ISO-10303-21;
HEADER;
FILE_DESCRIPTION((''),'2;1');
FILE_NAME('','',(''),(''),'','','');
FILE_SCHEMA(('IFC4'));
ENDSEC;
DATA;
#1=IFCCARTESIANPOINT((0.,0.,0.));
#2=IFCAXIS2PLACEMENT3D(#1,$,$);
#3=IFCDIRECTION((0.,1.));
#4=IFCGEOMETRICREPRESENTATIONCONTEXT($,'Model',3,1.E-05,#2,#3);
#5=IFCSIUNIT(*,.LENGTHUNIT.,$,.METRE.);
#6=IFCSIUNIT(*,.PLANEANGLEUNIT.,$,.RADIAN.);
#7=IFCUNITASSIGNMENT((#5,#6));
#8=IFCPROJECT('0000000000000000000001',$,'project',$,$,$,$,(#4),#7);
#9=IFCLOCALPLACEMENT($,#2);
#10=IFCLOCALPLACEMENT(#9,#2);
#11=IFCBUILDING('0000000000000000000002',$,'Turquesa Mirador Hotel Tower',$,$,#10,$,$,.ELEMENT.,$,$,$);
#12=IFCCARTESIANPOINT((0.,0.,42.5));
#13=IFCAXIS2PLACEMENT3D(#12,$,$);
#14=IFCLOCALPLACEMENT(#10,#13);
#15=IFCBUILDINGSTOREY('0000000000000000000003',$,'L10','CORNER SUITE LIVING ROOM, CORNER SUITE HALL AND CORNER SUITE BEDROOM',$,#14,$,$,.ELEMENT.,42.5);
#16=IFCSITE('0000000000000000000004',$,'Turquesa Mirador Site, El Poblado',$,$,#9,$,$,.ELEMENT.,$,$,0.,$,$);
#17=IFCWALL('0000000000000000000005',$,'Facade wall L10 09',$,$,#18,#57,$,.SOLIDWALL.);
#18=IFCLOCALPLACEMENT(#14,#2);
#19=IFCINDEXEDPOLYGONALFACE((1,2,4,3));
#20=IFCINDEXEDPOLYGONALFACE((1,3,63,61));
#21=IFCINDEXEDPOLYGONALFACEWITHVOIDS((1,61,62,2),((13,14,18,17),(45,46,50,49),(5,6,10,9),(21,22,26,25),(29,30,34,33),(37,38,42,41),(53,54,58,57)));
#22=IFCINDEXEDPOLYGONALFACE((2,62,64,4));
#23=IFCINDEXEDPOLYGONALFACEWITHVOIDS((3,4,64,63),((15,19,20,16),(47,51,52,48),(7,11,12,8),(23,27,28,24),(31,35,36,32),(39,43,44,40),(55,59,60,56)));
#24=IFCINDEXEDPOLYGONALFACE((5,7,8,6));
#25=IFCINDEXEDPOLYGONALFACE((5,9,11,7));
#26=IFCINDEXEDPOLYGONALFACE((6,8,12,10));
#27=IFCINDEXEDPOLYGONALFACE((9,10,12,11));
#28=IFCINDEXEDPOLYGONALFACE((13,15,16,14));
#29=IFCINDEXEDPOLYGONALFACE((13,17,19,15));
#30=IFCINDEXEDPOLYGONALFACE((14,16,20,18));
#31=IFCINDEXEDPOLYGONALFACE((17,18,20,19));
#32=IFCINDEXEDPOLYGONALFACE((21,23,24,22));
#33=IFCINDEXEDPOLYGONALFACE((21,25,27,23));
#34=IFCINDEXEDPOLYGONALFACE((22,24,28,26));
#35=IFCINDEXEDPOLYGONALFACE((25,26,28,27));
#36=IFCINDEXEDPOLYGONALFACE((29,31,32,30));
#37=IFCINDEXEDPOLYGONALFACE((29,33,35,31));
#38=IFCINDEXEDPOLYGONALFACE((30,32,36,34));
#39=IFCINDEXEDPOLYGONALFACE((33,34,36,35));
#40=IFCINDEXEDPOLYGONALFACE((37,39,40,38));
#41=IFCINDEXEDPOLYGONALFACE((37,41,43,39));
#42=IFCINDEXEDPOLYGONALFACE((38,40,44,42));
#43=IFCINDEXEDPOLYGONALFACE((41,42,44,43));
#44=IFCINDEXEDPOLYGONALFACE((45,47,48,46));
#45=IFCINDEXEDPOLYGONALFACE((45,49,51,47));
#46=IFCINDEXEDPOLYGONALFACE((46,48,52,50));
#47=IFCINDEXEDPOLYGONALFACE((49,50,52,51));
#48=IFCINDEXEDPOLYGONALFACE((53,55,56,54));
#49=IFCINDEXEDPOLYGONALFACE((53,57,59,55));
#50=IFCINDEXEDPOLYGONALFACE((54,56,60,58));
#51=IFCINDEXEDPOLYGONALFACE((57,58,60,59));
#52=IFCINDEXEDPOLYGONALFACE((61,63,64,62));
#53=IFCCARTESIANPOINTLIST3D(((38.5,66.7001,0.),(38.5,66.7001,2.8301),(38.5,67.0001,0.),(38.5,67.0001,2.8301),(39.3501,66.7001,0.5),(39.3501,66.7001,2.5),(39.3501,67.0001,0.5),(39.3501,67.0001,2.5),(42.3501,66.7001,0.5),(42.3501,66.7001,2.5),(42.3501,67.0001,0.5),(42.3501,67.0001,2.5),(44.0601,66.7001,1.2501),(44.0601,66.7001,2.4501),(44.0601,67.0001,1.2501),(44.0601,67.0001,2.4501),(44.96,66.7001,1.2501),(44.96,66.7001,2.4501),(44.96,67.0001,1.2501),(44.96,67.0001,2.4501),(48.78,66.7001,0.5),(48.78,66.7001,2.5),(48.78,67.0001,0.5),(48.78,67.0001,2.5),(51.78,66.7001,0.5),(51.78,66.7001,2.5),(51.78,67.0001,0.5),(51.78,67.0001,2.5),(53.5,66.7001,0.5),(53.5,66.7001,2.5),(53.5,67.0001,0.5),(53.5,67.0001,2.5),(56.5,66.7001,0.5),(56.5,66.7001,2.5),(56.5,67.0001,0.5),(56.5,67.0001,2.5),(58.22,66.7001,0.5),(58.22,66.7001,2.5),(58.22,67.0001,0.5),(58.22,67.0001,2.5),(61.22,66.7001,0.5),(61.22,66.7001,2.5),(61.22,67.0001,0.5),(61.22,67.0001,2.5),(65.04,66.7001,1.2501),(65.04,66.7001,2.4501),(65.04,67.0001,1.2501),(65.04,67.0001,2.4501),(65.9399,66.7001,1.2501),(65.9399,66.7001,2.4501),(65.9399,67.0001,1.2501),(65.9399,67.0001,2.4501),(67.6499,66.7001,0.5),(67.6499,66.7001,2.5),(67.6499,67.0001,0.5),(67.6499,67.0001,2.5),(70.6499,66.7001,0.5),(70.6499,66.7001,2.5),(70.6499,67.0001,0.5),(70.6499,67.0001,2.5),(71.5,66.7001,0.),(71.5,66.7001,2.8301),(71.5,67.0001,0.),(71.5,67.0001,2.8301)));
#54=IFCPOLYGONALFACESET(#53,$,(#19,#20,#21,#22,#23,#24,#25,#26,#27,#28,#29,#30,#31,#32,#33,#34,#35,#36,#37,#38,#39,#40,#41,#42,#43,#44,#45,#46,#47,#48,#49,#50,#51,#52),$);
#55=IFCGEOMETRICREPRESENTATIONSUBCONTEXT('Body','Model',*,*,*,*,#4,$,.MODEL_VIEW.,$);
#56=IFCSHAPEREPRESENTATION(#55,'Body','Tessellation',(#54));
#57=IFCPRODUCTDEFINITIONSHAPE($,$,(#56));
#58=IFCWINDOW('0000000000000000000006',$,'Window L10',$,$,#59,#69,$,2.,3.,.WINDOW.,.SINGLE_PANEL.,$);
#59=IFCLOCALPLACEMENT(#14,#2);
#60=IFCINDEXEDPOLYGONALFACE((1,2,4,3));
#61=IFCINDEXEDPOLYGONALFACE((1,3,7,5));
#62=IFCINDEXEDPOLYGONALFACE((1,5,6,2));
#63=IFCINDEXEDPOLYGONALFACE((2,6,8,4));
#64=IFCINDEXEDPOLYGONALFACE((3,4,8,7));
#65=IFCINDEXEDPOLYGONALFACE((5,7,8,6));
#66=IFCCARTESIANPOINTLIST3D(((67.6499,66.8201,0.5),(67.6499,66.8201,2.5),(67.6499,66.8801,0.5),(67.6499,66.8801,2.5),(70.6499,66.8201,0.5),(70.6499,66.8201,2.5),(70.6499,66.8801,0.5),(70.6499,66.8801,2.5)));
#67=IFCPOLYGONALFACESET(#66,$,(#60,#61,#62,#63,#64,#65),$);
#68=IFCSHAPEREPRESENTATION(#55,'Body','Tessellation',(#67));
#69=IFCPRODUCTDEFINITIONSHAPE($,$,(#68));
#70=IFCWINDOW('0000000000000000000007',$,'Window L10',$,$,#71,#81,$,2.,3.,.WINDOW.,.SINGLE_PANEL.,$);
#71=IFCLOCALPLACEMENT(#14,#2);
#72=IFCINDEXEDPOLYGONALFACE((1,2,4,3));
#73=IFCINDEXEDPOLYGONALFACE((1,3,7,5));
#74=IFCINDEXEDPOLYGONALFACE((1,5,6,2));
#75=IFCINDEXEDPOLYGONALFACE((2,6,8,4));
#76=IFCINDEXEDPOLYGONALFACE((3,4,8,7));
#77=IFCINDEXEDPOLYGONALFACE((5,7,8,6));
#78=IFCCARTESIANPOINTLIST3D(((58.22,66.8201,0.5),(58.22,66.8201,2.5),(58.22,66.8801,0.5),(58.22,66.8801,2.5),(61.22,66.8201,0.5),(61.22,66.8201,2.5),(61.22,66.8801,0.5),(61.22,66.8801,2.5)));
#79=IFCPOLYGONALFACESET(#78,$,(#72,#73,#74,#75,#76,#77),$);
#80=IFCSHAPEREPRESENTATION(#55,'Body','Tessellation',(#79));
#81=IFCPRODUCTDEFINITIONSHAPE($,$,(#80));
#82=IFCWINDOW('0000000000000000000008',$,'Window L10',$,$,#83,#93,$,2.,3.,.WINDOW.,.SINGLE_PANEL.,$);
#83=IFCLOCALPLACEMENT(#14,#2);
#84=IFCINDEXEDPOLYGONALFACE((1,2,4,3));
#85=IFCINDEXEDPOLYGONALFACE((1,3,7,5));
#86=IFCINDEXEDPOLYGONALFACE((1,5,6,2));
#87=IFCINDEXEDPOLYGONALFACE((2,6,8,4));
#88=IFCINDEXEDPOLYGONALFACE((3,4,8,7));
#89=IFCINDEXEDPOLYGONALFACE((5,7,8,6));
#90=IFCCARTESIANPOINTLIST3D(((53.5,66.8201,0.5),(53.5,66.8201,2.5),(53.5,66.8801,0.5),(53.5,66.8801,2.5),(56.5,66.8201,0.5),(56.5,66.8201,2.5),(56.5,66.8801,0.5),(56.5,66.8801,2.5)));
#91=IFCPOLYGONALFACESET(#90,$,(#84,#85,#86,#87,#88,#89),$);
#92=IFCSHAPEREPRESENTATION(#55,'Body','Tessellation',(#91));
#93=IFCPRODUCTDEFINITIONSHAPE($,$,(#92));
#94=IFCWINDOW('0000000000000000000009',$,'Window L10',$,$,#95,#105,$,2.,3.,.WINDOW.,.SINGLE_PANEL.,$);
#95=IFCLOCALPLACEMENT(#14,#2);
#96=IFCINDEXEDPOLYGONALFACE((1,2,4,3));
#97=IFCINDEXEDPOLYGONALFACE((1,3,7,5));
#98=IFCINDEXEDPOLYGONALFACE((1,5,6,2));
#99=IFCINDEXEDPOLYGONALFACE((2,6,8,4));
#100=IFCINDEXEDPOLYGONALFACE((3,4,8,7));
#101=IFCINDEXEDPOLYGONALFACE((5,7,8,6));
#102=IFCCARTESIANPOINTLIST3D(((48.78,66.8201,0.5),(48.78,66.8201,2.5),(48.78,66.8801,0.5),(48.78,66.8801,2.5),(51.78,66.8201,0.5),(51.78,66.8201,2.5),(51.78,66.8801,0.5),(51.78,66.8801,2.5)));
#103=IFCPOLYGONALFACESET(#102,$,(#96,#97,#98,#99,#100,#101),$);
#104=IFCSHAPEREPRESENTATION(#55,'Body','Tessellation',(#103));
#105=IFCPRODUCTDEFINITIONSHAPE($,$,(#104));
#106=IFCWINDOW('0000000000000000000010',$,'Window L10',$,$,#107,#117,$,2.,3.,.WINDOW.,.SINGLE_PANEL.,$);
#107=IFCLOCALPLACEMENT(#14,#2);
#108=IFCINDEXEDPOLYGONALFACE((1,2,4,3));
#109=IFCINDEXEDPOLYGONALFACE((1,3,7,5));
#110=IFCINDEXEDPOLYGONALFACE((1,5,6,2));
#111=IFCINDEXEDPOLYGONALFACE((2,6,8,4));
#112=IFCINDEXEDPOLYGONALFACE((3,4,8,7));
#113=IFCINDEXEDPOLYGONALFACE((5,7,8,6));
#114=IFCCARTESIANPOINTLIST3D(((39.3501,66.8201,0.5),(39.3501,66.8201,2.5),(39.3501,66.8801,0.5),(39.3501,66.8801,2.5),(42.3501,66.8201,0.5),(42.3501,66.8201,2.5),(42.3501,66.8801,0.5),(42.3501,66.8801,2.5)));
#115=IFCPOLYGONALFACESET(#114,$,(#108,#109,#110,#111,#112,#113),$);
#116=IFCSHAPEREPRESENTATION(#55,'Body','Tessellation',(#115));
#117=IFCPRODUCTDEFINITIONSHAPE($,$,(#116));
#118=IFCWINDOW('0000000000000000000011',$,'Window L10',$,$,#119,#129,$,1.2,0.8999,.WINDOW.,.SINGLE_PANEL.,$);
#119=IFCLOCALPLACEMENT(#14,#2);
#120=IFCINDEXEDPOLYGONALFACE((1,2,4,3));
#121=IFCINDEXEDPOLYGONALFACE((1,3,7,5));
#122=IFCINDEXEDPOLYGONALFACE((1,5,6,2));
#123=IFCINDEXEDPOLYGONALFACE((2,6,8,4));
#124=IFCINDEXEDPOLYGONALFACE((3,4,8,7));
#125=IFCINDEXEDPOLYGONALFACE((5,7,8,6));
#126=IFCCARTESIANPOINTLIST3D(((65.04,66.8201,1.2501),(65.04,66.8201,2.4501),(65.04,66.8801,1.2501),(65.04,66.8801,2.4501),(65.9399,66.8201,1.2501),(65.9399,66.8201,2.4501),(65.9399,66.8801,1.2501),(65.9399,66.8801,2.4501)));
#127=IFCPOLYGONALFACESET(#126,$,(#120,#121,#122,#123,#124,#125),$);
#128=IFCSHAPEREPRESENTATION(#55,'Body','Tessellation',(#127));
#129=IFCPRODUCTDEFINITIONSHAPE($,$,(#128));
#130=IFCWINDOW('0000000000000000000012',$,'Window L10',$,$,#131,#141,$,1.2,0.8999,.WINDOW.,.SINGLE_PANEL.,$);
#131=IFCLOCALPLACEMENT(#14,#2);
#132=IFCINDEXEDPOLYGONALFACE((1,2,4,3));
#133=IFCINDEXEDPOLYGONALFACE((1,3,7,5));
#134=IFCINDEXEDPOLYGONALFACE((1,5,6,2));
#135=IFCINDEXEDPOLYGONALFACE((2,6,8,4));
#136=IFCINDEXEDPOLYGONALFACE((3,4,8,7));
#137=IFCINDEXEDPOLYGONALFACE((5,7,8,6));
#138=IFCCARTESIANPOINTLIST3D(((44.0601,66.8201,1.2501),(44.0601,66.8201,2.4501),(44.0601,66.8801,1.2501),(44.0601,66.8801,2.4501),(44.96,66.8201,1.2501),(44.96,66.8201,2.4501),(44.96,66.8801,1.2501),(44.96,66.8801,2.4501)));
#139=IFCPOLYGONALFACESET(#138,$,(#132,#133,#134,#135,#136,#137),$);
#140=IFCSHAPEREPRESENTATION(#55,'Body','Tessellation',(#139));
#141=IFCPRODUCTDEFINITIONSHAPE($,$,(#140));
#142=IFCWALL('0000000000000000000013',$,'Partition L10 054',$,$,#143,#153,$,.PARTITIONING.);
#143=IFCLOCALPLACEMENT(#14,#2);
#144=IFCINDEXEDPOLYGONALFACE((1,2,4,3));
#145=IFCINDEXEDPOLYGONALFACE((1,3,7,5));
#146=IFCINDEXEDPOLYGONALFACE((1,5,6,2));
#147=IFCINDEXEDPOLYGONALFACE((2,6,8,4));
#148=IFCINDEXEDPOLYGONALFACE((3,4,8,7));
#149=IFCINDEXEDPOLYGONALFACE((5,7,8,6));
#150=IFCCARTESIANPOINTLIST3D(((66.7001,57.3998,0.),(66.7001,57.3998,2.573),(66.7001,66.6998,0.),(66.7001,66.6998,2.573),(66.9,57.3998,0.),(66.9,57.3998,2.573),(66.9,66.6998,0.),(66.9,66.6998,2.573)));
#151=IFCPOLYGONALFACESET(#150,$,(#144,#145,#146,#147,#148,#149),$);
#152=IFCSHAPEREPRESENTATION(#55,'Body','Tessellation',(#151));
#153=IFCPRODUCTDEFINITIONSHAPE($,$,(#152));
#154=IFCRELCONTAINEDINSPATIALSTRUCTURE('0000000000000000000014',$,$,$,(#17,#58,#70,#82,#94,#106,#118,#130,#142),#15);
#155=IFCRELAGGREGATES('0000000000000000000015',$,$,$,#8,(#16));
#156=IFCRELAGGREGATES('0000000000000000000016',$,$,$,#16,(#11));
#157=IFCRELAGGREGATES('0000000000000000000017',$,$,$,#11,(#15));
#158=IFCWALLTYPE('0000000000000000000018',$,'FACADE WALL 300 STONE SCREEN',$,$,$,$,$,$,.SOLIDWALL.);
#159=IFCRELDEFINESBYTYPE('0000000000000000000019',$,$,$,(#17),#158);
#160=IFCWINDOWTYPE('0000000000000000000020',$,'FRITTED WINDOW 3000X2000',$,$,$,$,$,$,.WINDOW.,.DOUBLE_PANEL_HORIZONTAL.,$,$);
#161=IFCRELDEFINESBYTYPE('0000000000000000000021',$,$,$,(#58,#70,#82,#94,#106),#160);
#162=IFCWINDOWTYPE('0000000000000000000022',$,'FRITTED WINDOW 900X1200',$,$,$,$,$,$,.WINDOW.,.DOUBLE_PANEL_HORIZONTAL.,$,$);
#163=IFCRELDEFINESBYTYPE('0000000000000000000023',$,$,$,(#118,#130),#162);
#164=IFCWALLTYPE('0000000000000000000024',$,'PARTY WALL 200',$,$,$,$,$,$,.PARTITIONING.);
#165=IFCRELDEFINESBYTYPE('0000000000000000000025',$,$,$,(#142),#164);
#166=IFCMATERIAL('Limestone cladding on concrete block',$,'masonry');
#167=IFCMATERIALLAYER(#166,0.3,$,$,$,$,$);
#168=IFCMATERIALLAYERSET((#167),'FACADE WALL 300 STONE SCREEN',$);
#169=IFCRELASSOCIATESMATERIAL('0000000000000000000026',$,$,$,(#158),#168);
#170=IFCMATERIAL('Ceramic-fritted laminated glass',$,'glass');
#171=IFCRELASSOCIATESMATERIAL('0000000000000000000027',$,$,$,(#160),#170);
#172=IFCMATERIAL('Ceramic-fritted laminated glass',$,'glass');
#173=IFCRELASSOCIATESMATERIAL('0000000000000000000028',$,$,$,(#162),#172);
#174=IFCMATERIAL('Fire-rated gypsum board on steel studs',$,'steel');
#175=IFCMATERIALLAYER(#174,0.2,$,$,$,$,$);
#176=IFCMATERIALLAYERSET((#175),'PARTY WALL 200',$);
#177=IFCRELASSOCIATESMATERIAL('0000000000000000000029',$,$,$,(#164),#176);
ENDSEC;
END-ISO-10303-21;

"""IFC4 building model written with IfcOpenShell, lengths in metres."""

from ifc_helpers import new_model, si_unit, direction, frame, frame_2d, origin, place, context, subcontext, project, spatial, rectangle, extrude, material, layer, layer_set, type_object, element, fill, save


model = new_model("IFC4")

# Units and contexts
model_context = context("Model", 3, precision=1e-05, world=origin(), true_north=direction((0.0, 1.0)))
body_context = subcontext(model_context, "Body", "Model", "MODEL_VIEW")
ifc_project = project(units=[si_unit("LENGTHUNIT", "METRE"), si_unit("PLANEANGLEUNIT", "RADIAN")], contexts=[model_context])

# Site, building, storey
site_placement = place(None, origin())
site = spatial("IfcSite", under=ifc_project, at=site_placement, Name="Turquesa Mirador Site, El Poblado", CompositionType="ELEMENT", RefElevation=0.0)
building_placement = place(site_placement, origin())
building = spatial("IfcBuilding", under=site, at=building_placement, Name="Turquesa Mirador Hotel Tower", CompositionType="ELEMENT")
storey_placement = place(building_placement, frame((0.0, 0.0, 42.5)))
storey = spatial("IfcBuildingStorey", under=building, at=storey_placement, Name="L10", Description="CORNER SUITE LIVING ROOM, CORNER SUITE HALL AND CORNER SUITE BEDROOM", CompositionType="ELEMENT", Elevation=42.5)

# Wall, openings, windows
ifc_material_1 = material(Name="Limestone cladding on concrete block", Category="masonry")
ifc_layer_1 = layer(ifc_material_1, 0.3)
ifc_layer_set_1 = layer_set([ifc_layer_1], Name="FACADE WALL 300 STONE SCREEN")
wall_type_1 = type_object("IfcWallType", Name="FACADE WALL 300 STONE SCREEN", PredefinedType="SOLIDWALL", material=ifc_layer_set_1)
wall_1_placement = place(storey_placement, frame((71.5, 66.8501, 0.0), z_axis=(0.0, 0.0, 1.0), x_axis=(-1.0, 0.0, 0.0)))
wall_1 = element("IfcWall", 1, at=wall_1_placement, inside=storey, type_object=wall_type_1, Name="Facade wall L10 09", PredefinedType="SOLIDWALL", context=body_context, shape_type="SweptSolid", body=[
    extrude(rectangle(XDim=33.0, YDim=0.3, at=frame_2d((16.5, 0.0))), origin(), (0.0, 0.0, 1.0), 2.8301),
])
opening_1_placement = place(wall_1_placement, frame((0.8501, 0.0, 0.5)))
opening_1 = element("IfcOpeningElement", 2, at=opening_1_placement, cuts=wall_1, PredefinedType="OPENING", context=body_context, shape_type="SweptSolid", body=[
    extrude(rectangle(XDim=3.0, YDim=2.0, at=frame_2d((1.5, 1.0))), frame((0.0, 0.1599, 0.0), z_axis=(0.0, -1.0, 0.0), x_axis=(1.0, 0.0, 0.0)), (0.0, 0.0, 1.0), 0.3201),
])
opening_2_placement = place(wall_1_placement, frame((5.5601, 0.0, 1.25)))
opening_2 = element("IfcOpeningElement", 3, at=opening_2_placement, cuts=wall_1, PredefinedType="OPENING", context=body_context, shape_type="SweptSolid", body=[
    extrude(rectangle(XDim=0.8999, YDim=1.2, at=frame_2d((0.45, 0.6001))), frame((0.0, 0.1599, 0.0), z_axis=(0.0, -1.0, 0.0), x_axis=(1.0, 0.0, 0.0)), (0.0, 0.0, 1.0), 0.3201),
])
opening_3_placement = place(wall_1_placement, frame((10.28, 0.0, 0.5)))
opening_3 = element("IfcOpeningElement", 4, at=opening_3_placement, cuts=wall_1, PredefinedType="OPENING", context=body_context, shape_type="SweptSolid", body=[
    extrude(rectangle(XDim=3.0, YDim=2.0, at=frame_2d((1.5, 1.0))), frame((0.0, 0.1599, 0.0), z_axis=(0.0, -1.0, 0.0), x_axis=(1.0, 0.0, 0.0)), (0.0, 0.0, 1.0), 0.3201),
])
opening_4_placement = place(wall_1_placement, frame((15.0, 0.0, 0.5)))
opening_4 = element("IfcOpeningElement", 5, at=opening_4_placement, cuts=wall_1, PredefinedType="OPENING", context=body_context, shape_type="SweptSolid", body=[
    extrude(rectangle(XDim=3.0, YDim=2.0, at=frame_2d((1.5, 1.0))), frame((0.0, 0.1599, 0.0), z_axis=(0.0, -1.0, 0.0), x_axis=(1.0, 0.0, 0.0)), (0.0, 0.0, 1.0), 0.3201),
])
opening_5_placement = place(wall_1_placement, frame((19.72, 0.0, 0.5)))
opening_5 = element("IfcOpeningElement", 6, at=opening_5_placement, cuts=wall_1, PredefinedType="OPENING", context=body_context, shape_type="SweptSolid", body=[
    extrude(rectangle(XDim=3.0, YDim=2.0, at=frame_2d((1.5, 1.0))), frame((0.0, 0.1599, 0.0), z_axis=(0.0, -1.0, 0.0), x_axis=(1.0, 0.0, 0.0)), (0.0, 0.0, 1.0), 0.3201),
])
opening_6_placement = place(wall_1_placement, frame((26.54, 0.0, 1.25)))
opening_6 = element("IfcOpeningElement", 7, at=opening_6_placement, cuts=wall_1, PredefinedType="OPENING", context=body_context, shape_type="SweptSolid", body=[
    extrude(rectangle(XDim=0.8999, YDim=1.2, at=frame_2d((0.45, 0.6001))), frame((0.0, 0.1599, 0.0), z_axis=(0.0, -1.0, 0.0), x_axis=(1.0, 0.0, 0.0)), (0.0, 0.0, 1.0), 0.3201),
])
opening_7_placement = place(wall_1_placement, frame((29.1499, 0.0, 0.5)))
opening_7 = element("IfcOpeningElement", 8, at=opening_7_placement, cuts=wall_1, PredefinedType="OPENING", context=body_context, shape_type="SweptSolid", body=[
    extrude(rectangle(XDim=3.0, YDim=2.0, at=frame_2d((1.5, 1.0))), frame((0.0, 0.1599, 0.0), z_axis=(0.0, -1.0, 0.0), x_axis=(1.0, 0.0, 0.0)), (0.0, 0.0, 1.0), 0.3201),
])
ifc_material_2 = material(Name="Ceramic-fritted laminated glass", Category="glass")
window_type_1 = type_object("IfcWindowType", Name="FRITTED WINDOW 3000X2000", PartitioningType="DOUBLE_PANEL_HORIZONTAL", PredefinedType="WINDOW", material=ifc_material_2)
window_1_placement = place(opening_1_placement, origin())
window_1 = element("IfcWindow", 9, at=window_1_placement, inside=storey, type_object=window_type_1, Name="Window L10", OverallHeight=2.0, OverallWidth=3.0, PartitioningType="SINGLE_PANEL", PredefinedType="WINDOW", context=body_context, shape_type="SweptSolid", body=[
    extrude(rectangle(XDim=3.0, YDim=2.0, at=frame_2d((1.5, 1.0))), frame((0.0, 0.03, 0.0), z_axis=(0.0, -1.0, 0.0), x_axis=(1.0, 0.0, 0.0)), (0.0, 0.0, 1.0), 0.0601),
])
fill(opening_1, window_1)
window_2_placement = place(opening_3_placement, origin())
window_2 = element("IfcWindow", 10, at=window_2_placement, inside=storey, type_object=window_type_1, Name="Window L10", OverallHeight=2.0, OverallWidth=3.0, PartitioningType="SINGLE_PANEL", PredefinedType="WINDOW", context=body_context, shape_type="SweptSolid", body=[
    extrude(rectangle(XDim=3.0, YDim=2.0, at=frame_2d((1.5, 1.0))), frame((0.0, 0.03, 0.0), z_axis=(0.0, -1.0, 0.0), x_axis=(1.0, 0.0, 0.0)), (0.0, 0.0, 1.0), 0.0601),
])
fill(opening_3, window_2)
window_3_placement = place(opening_4_placement, origin())
window_3 = element("IfcWindow", 11, at=window_3_placement, inside=storey, type_object=window_type_1, Name="Window L10", OverallHeight=2.0, OverallWidth=3.0, PartitioningType="SINGLE_PANEL", PredefinedType="WINDOW", context=body_context, shape_type="SweptSolid", body=[
    extrude(rectangle(XDim=3.0, YDim=2.0, at=frame_2d((1.5, 1.0))), frame((0.0, 0.03, 0.0), z_axis=(0.0, -1.0, 0.0), x_axis=(1.0, 0.0, 0.0)), (0.0, 0.0, 1.0), 0.0601),
])
fill(opening_4, window_3)
window_4_placement = place(opening_5_placement, origin())
window_4 = element("IfcWindow", 12, at=window_4_placement, inside=storey, type_object=window_type_1, Name="Window L10", OverallHeight=2.0, OverallWidth=3.0, PartitioningType="SINGLE_PANEL", PredefinedType="WINDOW", context=body_context, shape_type="SweptSolid", body=[
    extrude(rectangle(XDim=3.0, YDim=2.0, at=frame_2d((1.5, 1.0))), frame((0.0, 0.03, 0.0), z_axis=(0.0, -1.0, 0.0), x_axis=(1.0, 0.0, 0.0)), (0.0, 0.0, 1.0), 0.0601),
])
fill(opening_5, window_4)
window_5_placement = place(opening_7_placement, origin())
window_5 = element("IfcWindow", 13, at=window_5_placement, inside=storey, type_object=window_type_1, Name="Window L10", OverallHeight=2.0, OverallWidth=3.0, PartitioningType="SINGLE_PANEL", PredefinedType="WINDOW", context=body_context, shape_type="SweptSolid", body=[
    extrude(rectangle(XDim=3.0, YDim=2.0, at=frame_2d((1.5, 1.0))), frame((0.0, 0.03, 0.0), z_axis=(0.0, -1.0, 0.0), x_axis=(1.0, 0.0, 0.0)), (0.0, 0.0, 1.0), 0.0601),
])
fill(opening_7, window_5)
ifc_material_3 = material(Name="Ceramic-fritted laminated glass", Category="glass")
window_type_2 = type_object("IfcWindowType", Name="FRITTED WINDOW 900X1200", PartitioningType="DOUBLE_PANEL_HORIZONTAL", PredefinedType="WINDOW", material=ifc_material_3)
window_6_placement = place(opening_2_placement, origin())
window_6 = element("IfcWindow", 14, at=window_6_placement, inside=storey, type_object=window_type_2, Name="Window L10", OverallHeight=1.2, OverallWidth=0.8999, PartitioningType="SINGLE_PANEL", PredefinedType="WINDOW", context=body_context, shape_type="SweptSolid", body=[
    extrude(rectangle(XDim=0.8999, YDim=1.2, at=frame_2d((0.45, 0.6001))), frame((0.0, 0.03, 0.0), z_axis=(0.0, -1.0, 0.0), x_axis=(1.0, 0.0, 0.0)), (0.0, 0.0, 1.0), 0.0601),
])
fill(opening_2, window_6)
window_7_placement = place(opening_6_placement, origin())
window_7 = element("IfcWindow", 15, at=window_7_placement, inside=storey, type_object=window_type_2, Name="Window L10", OverallHeight=1.2, OverallWidth=0.8999, PartitioningType="SINGLE_PANEL", PredefinedType="WINDOW", context=body_context, shape_type="SweptSolid", body=[
    extrude(rectangle(XDim=0.8999, YDim=1.2, at=frame_2d((0.45, 0.6001))), frame((0.0, 0.03, 0.0), z_axis=(0.0, -1.0, 0.0), x_axis=(1.0, 0.0, 0.0)), (0.0, 0.0, 1.0), 0.0601),
])
fill(opening_6, window_7)

# Wall
ifc_material_4 = material(Name="Fire-rated gypsum board on steel studs", Category="steel")
ifc_layer_2 = layer(ifc_material_4, 0.2)
ifc_layer_set_2 = layer_set([ifc_layer_2], Name="PARTY WALL 200")
wall_type_2 = type_object("IfcWallType", Name="PARTY WALL 200", PredefinedType="PARTITIONING", material=ifc_layer_set_2)
wall_2_placement = place(storey_placement, frame((66.8, 57.3999, 0.0), z_axis=(0.0, 0.0, 1.0), x_axis=(0.0, 1.0, 0.0)))
element("IfcWall", 16, at=wall_2_placement, inside=storey, type_object=wall_type_2, Name="Partition L10 054", PredefinedType="PARTITIONING", context=body_context, shape_type="SweptSolid", body=[
    extrude(rectangle(XDim=9.3, YDim=0.2, at=frame_2d((4.6499, 0.0))), origin(), (0.0, 0.0, 1.0), 2.573),
])

save(model, "model.ifc")
